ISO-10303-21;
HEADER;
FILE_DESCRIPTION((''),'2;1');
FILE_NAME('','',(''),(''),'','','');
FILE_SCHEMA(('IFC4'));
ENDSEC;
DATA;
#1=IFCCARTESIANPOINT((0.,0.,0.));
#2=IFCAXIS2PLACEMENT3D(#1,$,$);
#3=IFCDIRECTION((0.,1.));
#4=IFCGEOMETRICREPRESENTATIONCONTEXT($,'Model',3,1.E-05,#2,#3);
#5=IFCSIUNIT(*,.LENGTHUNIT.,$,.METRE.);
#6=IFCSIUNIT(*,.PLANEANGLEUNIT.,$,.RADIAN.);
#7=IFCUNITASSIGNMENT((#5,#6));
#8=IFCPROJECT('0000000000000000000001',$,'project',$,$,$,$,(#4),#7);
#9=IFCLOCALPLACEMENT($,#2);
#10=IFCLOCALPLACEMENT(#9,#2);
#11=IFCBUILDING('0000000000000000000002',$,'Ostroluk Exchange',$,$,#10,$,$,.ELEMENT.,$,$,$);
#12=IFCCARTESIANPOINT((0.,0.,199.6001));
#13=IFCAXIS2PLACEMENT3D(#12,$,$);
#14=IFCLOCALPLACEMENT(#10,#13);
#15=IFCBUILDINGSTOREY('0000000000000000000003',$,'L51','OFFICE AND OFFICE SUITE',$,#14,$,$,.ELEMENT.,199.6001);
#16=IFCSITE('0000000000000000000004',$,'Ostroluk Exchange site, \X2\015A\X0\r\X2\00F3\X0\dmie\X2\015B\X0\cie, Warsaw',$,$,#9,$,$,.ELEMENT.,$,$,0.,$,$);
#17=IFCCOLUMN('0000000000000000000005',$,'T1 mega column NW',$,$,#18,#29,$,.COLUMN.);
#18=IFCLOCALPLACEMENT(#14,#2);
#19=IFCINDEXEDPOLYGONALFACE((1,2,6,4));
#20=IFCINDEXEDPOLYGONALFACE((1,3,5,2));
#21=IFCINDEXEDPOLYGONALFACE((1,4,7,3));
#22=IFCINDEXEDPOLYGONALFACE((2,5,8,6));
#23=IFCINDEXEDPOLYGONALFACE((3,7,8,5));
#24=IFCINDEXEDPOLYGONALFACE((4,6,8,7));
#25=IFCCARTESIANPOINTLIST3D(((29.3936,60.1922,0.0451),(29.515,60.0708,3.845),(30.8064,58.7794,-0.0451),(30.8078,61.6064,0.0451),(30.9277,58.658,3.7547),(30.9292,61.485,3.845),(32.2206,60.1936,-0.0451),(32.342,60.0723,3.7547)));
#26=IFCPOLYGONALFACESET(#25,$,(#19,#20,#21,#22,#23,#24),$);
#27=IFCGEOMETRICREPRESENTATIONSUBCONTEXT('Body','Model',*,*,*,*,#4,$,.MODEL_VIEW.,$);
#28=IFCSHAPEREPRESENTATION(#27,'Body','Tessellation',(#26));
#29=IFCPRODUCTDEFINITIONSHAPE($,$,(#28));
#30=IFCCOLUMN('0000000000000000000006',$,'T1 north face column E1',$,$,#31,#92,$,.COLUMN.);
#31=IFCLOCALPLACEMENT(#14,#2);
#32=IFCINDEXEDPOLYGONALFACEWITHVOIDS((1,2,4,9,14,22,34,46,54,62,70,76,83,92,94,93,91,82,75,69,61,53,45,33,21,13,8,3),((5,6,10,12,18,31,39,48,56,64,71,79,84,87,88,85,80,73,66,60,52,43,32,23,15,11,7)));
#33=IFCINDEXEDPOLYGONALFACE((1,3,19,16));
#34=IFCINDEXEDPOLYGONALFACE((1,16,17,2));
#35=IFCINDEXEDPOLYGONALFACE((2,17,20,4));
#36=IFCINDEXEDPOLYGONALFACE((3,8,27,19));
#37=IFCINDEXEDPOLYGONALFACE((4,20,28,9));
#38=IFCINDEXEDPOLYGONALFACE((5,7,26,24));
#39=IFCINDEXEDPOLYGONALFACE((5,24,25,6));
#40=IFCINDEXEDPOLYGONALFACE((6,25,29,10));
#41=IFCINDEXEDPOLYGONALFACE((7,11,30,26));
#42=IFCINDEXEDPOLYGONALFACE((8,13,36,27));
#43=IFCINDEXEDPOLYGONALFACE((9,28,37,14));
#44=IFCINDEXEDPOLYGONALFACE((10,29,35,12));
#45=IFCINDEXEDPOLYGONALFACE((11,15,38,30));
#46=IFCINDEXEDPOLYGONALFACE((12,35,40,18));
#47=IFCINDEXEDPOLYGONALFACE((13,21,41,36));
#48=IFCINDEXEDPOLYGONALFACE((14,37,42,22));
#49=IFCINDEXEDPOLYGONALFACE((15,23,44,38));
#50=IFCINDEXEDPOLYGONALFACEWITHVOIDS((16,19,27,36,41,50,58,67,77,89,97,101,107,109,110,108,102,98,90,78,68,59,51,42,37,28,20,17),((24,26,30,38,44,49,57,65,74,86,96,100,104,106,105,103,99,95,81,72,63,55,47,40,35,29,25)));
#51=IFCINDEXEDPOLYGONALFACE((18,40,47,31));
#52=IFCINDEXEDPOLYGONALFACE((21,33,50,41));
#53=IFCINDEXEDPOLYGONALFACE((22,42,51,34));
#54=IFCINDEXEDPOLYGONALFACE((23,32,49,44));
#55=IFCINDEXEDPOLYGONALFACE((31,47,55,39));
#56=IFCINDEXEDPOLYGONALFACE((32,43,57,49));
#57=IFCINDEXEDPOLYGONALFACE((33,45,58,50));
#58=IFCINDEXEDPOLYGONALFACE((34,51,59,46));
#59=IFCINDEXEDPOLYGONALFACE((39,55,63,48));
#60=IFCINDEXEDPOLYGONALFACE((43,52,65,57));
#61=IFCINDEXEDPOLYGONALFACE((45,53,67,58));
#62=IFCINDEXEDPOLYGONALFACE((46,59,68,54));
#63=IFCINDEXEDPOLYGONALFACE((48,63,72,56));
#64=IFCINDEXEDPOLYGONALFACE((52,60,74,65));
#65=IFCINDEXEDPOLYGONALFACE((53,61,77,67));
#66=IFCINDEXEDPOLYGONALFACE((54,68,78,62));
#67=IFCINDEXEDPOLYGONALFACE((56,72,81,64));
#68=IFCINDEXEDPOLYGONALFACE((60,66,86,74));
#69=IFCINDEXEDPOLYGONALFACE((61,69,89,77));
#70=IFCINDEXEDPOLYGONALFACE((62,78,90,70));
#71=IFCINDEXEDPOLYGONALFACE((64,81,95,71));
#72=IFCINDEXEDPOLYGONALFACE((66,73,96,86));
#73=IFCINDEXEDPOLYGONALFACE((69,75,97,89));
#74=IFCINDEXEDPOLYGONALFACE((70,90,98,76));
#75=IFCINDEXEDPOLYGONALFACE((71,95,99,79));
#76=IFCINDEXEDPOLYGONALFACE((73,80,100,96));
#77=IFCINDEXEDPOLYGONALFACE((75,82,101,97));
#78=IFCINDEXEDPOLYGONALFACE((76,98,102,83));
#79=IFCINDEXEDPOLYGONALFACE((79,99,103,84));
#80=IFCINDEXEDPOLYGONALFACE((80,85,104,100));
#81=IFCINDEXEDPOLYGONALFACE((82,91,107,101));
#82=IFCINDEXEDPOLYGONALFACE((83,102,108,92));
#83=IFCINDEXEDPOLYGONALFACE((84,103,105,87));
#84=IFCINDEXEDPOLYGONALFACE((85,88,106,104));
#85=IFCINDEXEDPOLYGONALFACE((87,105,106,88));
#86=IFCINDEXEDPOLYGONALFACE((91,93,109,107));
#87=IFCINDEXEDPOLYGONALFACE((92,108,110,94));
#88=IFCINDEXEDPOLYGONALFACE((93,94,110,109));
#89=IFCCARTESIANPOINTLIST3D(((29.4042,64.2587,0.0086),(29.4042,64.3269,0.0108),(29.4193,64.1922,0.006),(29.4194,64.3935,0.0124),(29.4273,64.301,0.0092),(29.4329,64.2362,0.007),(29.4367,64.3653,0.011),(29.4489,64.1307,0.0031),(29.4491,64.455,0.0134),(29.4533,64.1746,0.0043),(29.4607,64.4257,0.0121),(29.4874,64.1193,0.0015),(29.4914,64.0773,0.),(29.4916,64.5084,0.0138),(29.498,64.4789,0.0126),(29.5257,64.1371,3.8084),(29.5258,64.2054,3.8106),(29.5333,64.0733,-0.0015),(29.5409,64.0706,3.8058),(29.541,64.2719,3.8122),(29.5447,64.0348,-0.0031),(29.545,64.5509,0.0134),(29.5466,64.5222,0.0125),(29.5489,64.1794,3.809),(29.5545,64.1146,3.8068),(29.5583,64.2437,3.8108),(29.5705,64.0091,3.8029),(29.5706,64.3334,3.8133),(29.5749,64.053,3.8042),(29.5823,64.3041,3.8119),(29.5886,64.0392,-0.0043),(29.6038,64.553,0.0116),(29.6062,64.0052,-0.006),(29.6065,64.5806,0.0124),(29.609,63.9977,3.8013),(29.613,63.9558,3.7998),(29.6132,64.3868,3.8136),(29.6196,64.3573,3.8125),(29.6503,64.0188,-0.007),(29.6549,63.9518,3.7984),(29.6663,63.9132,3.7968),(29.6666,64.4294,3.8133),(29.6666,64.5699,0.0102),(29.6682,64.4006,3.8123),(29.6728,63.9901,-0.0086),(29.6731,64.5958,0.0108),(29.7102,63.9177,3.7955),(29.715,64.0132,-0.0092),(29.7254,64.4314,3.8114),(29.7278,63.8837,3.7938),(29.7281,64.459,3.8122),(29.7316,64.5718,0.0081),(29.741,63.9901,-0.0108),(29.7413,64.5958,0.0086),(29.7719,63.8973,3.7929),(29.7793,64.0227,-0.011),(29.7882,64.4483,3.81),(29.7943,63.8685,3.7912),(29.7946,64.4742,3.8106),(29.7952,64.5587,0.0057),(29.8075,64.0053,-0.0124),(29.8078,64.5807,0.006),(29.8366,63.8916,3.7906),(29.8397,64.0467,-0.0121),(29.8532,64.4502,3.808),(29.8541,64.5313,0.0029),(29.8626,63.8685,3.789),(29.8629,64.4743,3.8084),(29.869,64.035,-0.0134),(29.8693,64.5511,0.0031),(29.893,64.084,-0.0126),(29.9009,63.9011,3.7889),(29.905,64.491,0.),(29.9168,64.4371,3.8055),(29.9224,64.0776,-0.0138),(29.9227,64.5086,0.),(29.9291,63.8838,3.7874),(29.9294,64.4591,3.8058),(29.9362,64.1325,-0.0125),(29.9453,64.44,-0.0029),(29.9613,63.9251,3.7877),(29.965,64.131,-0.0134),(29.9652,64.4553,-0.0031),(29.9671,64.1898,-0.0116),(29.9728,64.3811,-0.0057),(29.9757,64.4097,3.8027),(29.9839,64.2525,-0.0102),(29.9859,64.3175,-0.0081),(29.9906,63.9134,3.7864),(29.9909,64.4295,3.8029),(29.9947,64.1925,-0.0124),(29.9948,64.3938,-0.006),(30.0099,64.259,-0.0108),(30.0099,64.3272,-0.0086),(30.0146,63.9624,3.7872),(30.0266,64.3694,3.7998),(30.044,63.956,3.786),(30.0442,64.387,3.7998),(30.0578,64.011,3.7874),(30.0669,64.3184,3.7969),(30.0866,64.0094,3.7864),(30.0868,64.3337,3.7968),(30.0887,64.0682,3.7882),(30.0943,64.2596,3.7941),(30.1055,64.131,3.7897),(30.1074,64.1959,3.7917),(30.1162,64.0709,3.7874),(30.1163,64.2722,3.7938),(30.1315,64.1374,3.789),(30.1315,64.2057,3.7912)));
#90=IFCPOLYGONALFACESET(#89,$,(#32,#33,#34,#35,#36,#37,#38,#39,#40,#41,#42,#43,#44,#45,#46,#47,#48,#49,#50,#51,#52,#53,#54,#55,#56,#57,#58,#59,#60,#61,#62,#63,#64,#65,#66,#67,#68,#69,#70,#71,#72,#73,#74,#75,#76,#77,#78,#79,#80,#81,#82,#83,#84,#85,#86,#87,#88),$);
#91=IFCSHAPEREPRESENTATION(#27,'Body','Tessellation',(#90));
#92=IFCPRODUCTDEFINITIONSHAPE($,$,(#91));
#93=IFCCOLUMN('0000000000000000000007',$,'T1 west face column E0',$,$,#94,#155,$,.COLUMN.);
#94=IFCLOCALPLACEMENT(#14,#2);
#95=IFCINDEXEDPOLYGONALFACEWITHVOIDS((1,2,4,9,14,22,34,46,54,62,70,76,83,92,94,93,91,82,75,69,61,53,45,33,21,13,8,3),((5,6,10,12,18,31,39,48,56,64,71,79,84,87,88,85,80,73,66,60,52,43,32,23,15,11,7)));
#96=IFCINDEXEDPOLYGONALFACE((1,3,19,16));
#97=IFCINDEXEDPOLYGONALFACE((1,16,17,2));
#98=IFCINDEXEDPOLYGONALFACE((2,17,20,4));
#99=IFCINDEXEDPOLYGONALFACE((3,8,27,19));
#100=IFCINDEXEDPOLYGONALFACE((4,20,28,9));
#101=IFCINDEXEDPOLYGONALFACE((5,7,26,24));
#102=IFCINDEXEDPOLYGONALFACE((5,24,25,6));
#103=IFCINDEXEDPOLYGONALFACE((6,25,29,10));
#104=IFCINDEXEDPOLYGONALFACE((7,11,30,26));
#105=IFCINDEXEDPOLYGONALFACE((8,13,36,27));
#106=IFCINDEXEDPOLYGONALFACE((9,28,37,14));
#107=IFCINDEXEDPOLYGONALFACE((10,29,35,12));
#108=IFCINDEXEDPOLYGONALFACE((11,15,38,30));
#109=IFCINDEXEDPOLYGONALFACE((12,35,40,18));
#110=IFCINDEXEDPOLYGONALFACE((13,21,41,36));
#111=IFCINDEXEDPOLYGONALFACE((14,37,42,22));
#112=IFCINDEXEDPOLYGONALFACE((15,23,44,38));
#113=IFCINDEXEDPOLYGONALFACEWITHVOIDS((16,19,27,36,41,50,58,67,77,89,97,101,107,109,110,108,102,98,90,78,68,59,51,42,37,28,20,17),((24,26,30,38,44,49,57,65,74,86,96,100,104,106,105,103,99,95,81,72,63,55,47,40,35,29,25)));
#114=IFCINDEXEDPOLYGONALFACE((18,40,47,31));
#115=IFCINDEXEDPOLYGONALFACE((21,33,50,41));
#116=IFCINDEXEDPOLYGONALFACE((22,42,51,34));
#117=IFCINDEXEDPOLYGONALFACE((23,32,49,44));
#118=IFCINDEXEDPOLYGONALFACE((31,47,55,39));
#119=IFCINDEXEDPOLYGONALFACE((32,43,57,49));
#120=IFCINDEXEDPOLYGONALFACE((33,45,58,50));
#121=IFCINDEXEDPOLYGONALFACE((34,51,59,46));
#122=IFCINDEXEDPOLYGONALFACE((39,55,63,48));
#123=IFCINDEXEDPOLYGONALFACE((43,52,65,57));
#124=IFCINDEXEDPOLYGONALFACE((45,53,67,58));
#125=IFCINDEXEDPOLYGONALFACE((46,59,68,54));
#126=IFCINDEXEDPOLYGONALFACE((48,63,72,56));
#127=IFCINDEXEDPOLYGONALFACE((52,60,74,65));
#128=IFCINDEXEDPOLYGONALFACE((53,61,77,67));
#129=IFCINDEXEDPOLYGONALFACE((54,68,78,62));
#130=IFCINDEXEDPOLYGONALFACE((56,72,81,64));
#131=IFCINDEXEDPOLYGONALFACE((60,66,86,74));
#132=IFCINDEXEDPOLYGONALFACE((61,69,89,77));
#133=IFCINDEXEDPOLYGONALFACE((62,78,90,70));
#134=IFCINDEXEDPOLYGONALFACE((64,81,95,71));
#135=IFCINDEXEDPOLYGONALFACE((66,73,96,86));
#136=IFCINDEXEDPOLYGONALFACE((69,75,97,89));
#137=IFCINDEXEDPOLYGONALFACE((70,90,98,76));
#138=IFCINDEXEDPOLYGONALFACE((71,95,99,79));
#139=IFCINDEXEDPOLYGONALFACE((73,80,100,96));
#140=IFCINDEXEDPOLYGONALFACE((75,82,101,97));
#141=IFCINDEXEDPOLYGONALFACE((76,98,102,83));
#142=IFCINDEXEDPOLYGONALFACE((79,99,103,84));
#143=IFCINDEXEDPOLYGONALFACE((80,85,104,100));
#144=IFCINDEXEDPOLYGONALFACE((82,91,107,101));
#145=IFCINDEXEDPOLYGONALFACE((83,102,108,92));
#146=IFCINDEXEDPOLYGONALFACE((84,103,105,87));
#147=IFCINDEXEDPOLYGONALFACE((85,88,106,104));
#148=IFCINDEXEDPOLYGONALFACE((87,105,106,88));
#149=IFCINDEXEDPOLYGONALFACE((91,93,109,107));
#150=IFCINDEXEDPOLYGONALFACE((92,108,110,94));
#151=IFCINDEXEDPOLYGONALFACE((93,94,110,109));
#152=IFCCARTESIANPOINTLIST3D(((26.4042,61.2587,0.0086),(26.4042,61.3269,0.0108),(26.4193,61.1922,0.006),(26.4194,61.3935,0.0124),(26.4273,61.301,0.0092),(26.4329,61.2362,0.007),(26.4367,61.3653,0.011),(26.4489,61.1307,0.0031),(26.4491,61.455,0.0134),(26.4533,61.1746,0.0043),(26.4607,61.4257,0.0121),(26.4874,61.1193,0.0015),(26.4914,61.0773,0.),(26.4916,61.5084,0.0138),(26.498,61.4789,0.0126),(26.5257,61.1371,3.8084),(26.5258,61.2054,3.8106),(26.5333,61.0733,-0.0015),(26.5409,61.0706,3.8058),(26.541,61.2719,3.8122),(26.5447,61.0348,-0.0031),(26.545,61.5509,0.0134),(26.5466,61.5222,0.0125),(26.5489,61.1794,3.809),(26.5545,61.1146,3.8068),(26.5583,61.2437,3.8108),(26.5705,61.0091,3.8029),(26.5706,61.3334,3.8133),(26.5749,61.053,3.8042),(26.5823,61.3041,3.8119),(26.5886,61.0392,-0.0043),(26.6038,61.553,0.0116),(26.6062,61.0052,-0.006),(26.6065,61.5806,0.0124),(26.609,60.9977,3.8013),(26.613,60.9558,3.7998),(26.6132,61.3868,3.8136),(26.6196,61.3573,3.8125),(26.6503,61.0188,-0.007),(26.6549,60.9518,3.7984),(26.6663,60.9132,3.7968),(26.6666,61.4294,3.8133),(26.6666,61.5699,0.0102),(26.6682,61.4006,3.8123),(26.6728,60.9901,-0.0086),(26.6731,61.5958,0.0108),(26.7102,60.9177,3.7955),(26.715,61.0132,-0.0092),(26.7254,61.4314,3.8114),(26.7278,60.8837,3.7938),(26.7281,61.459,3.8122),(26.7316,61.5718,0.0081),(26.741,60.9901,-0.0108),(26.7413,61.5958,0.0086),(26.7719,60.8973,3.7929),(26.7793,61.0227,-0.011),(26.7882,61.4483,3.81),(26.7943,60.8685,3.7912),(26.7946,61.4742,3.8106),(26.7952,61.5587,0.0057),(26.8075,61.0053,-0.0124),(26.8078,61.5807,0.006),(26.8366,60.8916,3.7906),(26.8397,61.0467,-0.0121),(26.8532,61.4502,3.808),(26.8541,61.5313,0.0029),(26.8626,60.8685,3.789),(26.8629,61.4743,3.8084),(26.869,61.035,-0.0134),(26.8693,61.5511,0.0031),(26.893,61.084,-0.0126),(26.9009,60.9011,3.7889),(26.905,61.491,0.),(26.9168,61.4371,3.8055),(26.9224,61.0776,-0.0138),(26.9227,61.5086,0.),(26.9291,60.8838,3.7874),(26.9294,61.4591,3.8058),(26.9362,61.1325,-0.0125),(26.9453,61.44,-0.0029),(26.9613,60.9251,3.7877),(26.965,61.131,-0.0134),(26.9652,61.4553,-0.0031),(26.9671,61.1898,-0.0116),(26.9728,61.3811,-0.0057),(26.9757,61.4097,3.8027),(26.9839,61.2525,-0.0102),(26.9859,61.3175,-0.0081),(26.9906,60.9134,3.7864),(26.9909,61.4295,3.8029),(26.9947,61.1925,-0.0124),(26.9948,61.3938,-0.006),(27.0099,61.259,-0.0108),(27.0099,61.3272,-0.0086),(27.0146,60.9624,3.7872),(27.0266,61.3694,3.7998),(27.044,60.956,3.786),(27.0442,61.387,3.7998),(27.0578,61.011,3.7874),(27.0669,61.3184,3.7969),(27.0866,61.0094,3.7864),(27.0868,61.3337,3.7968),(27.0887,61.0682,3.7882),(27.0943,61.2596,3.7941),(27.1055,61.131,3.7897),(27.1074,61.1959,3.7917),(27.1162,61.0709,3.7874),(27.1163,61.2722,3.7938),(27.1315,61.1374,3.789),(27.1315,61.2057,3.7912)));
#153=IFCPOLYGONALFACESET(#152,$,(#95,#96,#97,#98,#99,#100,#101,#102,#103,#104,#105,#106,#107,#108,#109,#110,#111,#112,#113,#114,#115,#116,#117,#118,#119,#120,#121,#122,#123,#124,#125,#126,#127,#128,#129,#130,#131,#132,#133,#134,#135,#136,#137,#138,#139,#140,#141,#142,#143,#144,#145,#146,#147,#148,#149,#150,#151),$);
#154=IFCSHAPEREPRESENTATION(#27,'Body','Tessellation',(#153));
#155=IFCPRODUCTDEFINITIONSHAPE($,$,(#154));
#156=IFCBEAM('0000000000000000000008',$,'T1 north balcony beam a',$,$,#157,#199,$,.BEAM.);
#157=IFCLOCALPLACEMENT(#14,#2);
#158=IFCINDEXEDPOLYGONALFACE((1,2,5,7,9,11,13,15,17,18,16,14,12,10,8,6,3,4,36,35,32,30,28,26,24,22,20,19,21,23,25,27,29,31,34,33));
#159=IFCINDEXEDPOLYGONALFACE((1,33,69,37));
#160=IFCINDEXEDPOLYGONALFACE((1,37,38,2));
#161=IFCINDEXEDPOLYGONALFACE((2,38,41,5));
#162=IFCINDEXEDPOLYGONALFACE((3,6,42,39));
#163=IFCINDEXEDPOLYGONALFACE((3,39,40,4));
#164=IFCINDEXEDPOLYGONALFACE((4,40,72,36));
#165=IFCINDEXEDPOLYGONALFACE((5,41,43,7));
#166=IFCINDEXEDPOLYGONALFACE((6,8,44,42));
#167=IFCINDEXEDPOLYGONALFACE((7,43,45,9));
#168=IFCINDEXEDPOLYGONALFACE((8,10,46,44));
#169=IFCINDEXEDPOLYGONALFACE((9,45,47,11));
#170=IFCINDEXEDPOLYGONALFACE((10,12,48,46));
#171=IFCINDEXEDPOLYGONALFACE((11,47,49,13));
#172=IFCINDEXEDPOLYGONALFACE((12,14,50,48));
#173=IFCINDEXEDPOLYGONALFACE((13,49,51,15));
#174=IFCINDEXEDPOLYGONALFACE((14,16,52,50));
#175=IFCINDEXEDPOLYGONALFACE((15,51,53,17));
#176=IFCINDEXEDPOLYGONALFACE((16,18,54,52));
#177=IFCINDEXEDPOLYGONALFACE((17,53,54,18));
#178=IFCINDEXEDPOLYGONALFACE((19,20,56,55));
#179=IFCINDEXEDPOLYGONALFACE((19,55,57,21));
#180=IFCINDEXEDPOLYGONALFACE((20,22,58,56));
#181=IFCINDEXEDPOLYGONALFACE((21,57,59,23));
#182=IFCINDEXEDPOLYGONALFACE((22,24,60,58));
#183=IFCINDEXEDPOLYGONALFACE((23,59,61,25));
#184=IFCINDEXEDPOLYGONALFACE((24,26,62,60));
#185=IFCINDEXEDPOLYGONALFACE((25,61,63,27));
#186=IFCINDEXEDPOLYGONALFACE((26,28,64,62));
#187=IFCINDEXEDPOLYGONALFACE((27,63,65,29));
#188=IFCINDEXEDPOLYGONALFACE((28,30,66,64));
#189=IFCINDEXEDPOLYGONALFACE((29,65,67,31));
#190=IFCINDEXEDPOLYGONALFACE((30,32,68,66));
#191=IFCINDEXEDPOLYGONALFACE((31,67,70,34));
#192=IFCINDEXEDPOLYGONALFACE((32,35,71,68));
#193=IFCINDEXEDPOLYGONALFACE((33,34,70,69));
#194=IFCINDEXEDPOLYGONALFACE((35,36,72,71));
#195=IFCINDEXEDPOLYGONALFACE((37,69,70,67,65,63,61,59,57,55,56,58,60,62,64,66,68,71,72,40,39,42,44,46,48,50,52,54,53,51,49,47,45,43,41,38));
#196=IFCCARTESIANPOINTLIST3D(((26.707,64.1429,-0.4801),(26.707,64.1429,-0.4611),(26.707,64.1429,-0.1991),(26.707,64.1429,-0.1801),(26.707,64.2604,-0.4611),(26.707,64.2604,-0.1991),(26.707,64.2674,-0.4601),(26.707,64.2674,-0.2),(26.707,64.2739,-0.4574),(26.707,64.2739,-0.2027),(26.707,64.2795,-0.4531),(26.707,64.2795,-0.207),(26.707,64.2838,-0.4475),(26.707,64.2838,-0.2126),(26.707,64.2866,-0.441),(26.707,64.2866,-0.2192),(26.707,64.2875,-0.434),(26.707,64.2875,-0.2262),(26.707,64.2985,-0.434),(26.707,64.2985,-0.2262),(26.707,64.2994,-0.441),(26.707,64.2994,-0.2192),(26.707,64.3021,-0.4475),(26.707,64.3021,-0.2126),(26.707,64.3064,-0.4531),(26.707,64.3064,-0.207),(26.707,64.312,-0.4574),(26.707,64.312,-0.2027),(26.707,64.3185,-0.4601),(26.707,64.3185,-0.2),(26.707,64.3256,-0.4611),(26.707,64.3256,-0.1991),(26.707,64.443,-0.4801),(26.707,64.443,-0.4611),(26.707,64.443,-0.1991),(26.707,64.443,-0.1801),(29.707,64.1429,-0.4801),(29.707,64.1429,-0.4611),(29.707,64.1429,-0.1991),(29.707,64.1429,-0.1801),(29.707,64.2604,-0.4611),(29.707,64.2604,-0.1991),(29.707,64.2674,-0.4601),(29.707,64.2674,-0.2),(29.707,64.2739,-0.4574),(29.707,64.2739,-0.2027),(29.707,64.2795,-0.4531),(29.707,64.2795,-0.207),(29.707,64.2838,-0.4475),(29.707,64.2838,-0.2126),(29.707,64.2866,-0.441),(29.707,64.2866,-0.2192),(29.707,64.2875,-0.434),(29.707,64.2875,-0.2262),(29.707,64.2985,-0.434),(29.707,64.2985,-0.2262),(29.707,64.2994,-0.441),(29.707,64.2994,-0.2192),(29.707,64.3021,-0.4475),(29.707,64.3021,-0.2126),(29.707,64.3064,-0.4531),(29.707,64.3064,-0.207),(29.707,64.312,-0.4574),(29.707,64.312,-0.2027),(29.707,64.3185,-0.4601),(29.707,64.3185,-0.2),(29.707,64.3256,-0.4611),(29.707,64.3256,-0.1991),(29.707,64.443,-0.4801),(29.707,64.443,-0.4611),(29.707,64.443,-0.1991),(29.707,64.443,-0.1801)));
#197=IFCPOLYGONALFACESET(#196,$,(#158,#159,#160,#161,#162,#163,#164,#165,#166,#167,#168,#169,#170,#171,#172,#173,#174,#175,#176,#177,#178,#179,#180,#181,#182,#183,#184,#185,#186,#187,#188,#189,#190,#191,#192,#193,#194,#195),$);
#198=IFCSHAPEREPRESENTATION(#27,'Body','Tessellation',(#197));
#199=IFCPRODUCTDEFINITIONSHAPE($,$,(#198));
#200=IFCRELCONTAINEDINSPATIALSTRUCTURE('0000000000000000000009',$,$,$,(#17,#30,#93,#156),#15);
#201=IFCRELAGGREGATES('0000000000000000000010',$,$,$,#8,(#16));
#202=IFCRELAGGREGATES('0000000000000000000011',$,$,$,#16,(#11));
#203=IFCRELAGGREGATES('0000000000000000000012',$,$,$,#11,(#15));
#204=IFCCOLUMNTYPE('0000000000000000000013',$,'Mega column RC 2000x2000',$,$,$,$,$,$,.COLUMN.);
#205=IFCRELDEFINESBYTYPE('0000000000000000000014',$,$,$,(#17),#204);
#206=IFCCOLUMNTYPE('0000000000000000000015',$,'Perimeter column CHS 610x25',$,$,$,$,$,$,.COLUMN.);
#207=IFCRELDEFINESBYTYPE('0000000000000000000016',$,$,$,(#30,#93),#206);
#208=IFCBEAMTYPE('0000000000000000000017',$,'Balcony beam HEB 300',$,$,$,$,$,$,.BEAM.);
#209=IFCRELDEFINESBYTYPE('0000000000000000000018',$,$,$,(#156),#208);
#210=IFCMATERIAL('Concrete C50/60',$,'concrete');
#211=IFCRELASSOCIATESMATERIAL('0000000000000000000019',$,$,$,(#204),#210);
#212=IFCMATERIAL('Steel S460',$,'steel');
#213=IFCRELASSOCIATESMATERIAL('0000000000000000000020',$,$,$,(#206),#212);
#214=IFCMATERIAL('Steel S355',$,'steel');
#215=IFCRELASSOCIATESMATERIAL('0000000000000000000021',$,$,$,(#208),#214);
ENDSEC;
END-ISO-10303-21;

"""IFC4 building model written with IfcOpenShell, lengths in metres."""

from ifc_helpers import new_model, si_unit, direction, frame, origin, origin_2d, place, context, subcontext, project, spatial, rectangle, hollow_circle, i_section, extrude, material, material_profile, profile_set, type_object, element, save


model = new_model("IFC4")

# Units and contexts
model_context = context("Model", 3, precision=1e-05, world=origin(), true_north=direction((0.0, 1.0)))
body_context = subcontext(model_context, "Body", "Model", "MODEL_VIEW")
ifc_project = project(units=[si_unit("LENGTHUNIT", "METRE"), si_unit("PLANEANGLEUNIT", "RADIAN")], contexts=[model_context])

# Site, building, storey
site_placement = place(None, origin())
site = spatial("IfcSite", under=ifc_project, at=site_placement, Name="Ostroluk Exchange site, Śródmieście, Warsaw", CompositionType="ELEMENT", RefElevation=0.0)
building_placement = place(site_placement, origin())
building = spatial("IfcBuilding", under=site, at=building_placement, Name="Ostroluk Exchange", CompositionType="ELEMENT")
storey_placement = place(building_placement, frame((0.0, 0.0, 199.6001)))
storey = spatial("IfcBuildingStorey", under=building, at=storey_placement, Name="L51", Description="OFFICE AND OFFICE SUITE", CompositionType="ELEMENT", Elevation=199.6001)

# Columns
ifc_material_1 = material(Name="Concrete C50/60", Category="concrete")
ifc_material_profile_1 = material_profile(ifc_material_1, rectangle(XDim=2.0, YDim=2.0, at=origin_2d()), Name="RC 2000x2000")
ifc_profile_set_1 = profile_set([ifc_material_profile_1], Name="Concrete C50/60")
column_type_1 = type_object("IfcColumnType", Name="Mega column RC 2000x2000", PredefinedType="COLUMN", material=ifc_profile_set_1)
column_placement = place(storey_placement, frame((30.8071, 60.1929, 0.0), z_axis=(0.0319, -0.0319, 0.998982), x_axis=(0.707107, 0.707107, 0.0)))
element("IfcColumn", 1, at=column_placement, inside=storey, type_object=column_type_1, Name="T1 mega column NW", PredefinedType="COLUMN", context=body_context, shape_type="SweptSolid", body=[
    extrude(rectangle(XDim=2.0, YDim=2.0, at=origin_2d()), origin(), (0.0, 0.0, 1.0), 3.8037),
])
ifc_material_2 = material(Name="Steel S460", Category="steel")
ifc_material_profile_2 = material_profile(ifc_material_2, hollow_circle(Radius=0.3049, WallThickness=0.0249, at=origin_2d()), Name="CHS 610x25")
ifc_profile_set_2 = profile_set([ifc_material_profile_2], Name="Steel S460")
column_type_2 = type_object("IfcColumnType", Name="Perimeter column CHS 610x25", PredefinedType="COLUMN", material=ifc_profile_set_2)
for number, where, z_axis, x_axis, name in (
    (2, (29.707, 64.293, 0.0), (0.031964, -0.031964, 0.998978), (0.707107, 0.707107, 0.0), "T1 north face column E1"),
    (3, (26.707, 61.293, 0.0), (0.031964, -0.031964, 0.998978), (0.707107, 0.707107, 0.0), "T1 west face column E0"),
):
    element("IfcColumn", number, at=place(storey_placement, frame(where, z_axis=z_axis, x_axis=x_axis)), inside=storey, type_object=column_type_2, Name=name, PredefinedType="COLUMN", context=body_context, shape_type="SweptSolid", body=[
        extrude(hollow_circle(Radius=0.3049, WallThickness=0.0249, at=origin_2d()), origin(), (0.0, 0.0, 1.0), 3.8037),
    ])

# Beam
ifc_material_3 = material(Name="Steel S355", Category="steel")
ifc_material_profile_3 = material_profile(ifc_material_3, i_section(OverallWidth=0.3, OverallDepth=0.3, WebThickness=0.011, FlangeThickness=0.019, FilletRadius=0.0271, at=origin_2d()), Name="HEB 300")
ifc_profile_set_3 = profile_set([ifc_material_profile_3], Name="Steel S355")
beam_type_1 = type_object("IfcBeamType", Name="Balcony beam HEB 300", PredefinedType="BEAM", material=ifc_profile_set_3)
for number, where, z_axis, x_axis, name in (
    (4, (29.707, 64.293, -0.3301), (-1.0, 0.0, 0.0), (0.0, -1.0, 0.0), "T1 north balcony beam a"),
):
    element("IfcBeam", number, at=place(storey_placement, frame(where, z_axis=z_axis, x_axis=x_axis)), inside=storey, type_object=beam_type_1, Name=name, PredefinedType="BEAM", context=body_context, shape_type="SweptSolid", body=[
        extrude(i_section(OverallWidth=0.3, OverallDepth=0.3, WebThickness=0.011, FlangeThickness=0.019, FilletRadius=0.0271, at=origin_2d()), origin(), (0.0, 0.0, 1.0), 3.0),
    ])

save(model, "model.ifc")
